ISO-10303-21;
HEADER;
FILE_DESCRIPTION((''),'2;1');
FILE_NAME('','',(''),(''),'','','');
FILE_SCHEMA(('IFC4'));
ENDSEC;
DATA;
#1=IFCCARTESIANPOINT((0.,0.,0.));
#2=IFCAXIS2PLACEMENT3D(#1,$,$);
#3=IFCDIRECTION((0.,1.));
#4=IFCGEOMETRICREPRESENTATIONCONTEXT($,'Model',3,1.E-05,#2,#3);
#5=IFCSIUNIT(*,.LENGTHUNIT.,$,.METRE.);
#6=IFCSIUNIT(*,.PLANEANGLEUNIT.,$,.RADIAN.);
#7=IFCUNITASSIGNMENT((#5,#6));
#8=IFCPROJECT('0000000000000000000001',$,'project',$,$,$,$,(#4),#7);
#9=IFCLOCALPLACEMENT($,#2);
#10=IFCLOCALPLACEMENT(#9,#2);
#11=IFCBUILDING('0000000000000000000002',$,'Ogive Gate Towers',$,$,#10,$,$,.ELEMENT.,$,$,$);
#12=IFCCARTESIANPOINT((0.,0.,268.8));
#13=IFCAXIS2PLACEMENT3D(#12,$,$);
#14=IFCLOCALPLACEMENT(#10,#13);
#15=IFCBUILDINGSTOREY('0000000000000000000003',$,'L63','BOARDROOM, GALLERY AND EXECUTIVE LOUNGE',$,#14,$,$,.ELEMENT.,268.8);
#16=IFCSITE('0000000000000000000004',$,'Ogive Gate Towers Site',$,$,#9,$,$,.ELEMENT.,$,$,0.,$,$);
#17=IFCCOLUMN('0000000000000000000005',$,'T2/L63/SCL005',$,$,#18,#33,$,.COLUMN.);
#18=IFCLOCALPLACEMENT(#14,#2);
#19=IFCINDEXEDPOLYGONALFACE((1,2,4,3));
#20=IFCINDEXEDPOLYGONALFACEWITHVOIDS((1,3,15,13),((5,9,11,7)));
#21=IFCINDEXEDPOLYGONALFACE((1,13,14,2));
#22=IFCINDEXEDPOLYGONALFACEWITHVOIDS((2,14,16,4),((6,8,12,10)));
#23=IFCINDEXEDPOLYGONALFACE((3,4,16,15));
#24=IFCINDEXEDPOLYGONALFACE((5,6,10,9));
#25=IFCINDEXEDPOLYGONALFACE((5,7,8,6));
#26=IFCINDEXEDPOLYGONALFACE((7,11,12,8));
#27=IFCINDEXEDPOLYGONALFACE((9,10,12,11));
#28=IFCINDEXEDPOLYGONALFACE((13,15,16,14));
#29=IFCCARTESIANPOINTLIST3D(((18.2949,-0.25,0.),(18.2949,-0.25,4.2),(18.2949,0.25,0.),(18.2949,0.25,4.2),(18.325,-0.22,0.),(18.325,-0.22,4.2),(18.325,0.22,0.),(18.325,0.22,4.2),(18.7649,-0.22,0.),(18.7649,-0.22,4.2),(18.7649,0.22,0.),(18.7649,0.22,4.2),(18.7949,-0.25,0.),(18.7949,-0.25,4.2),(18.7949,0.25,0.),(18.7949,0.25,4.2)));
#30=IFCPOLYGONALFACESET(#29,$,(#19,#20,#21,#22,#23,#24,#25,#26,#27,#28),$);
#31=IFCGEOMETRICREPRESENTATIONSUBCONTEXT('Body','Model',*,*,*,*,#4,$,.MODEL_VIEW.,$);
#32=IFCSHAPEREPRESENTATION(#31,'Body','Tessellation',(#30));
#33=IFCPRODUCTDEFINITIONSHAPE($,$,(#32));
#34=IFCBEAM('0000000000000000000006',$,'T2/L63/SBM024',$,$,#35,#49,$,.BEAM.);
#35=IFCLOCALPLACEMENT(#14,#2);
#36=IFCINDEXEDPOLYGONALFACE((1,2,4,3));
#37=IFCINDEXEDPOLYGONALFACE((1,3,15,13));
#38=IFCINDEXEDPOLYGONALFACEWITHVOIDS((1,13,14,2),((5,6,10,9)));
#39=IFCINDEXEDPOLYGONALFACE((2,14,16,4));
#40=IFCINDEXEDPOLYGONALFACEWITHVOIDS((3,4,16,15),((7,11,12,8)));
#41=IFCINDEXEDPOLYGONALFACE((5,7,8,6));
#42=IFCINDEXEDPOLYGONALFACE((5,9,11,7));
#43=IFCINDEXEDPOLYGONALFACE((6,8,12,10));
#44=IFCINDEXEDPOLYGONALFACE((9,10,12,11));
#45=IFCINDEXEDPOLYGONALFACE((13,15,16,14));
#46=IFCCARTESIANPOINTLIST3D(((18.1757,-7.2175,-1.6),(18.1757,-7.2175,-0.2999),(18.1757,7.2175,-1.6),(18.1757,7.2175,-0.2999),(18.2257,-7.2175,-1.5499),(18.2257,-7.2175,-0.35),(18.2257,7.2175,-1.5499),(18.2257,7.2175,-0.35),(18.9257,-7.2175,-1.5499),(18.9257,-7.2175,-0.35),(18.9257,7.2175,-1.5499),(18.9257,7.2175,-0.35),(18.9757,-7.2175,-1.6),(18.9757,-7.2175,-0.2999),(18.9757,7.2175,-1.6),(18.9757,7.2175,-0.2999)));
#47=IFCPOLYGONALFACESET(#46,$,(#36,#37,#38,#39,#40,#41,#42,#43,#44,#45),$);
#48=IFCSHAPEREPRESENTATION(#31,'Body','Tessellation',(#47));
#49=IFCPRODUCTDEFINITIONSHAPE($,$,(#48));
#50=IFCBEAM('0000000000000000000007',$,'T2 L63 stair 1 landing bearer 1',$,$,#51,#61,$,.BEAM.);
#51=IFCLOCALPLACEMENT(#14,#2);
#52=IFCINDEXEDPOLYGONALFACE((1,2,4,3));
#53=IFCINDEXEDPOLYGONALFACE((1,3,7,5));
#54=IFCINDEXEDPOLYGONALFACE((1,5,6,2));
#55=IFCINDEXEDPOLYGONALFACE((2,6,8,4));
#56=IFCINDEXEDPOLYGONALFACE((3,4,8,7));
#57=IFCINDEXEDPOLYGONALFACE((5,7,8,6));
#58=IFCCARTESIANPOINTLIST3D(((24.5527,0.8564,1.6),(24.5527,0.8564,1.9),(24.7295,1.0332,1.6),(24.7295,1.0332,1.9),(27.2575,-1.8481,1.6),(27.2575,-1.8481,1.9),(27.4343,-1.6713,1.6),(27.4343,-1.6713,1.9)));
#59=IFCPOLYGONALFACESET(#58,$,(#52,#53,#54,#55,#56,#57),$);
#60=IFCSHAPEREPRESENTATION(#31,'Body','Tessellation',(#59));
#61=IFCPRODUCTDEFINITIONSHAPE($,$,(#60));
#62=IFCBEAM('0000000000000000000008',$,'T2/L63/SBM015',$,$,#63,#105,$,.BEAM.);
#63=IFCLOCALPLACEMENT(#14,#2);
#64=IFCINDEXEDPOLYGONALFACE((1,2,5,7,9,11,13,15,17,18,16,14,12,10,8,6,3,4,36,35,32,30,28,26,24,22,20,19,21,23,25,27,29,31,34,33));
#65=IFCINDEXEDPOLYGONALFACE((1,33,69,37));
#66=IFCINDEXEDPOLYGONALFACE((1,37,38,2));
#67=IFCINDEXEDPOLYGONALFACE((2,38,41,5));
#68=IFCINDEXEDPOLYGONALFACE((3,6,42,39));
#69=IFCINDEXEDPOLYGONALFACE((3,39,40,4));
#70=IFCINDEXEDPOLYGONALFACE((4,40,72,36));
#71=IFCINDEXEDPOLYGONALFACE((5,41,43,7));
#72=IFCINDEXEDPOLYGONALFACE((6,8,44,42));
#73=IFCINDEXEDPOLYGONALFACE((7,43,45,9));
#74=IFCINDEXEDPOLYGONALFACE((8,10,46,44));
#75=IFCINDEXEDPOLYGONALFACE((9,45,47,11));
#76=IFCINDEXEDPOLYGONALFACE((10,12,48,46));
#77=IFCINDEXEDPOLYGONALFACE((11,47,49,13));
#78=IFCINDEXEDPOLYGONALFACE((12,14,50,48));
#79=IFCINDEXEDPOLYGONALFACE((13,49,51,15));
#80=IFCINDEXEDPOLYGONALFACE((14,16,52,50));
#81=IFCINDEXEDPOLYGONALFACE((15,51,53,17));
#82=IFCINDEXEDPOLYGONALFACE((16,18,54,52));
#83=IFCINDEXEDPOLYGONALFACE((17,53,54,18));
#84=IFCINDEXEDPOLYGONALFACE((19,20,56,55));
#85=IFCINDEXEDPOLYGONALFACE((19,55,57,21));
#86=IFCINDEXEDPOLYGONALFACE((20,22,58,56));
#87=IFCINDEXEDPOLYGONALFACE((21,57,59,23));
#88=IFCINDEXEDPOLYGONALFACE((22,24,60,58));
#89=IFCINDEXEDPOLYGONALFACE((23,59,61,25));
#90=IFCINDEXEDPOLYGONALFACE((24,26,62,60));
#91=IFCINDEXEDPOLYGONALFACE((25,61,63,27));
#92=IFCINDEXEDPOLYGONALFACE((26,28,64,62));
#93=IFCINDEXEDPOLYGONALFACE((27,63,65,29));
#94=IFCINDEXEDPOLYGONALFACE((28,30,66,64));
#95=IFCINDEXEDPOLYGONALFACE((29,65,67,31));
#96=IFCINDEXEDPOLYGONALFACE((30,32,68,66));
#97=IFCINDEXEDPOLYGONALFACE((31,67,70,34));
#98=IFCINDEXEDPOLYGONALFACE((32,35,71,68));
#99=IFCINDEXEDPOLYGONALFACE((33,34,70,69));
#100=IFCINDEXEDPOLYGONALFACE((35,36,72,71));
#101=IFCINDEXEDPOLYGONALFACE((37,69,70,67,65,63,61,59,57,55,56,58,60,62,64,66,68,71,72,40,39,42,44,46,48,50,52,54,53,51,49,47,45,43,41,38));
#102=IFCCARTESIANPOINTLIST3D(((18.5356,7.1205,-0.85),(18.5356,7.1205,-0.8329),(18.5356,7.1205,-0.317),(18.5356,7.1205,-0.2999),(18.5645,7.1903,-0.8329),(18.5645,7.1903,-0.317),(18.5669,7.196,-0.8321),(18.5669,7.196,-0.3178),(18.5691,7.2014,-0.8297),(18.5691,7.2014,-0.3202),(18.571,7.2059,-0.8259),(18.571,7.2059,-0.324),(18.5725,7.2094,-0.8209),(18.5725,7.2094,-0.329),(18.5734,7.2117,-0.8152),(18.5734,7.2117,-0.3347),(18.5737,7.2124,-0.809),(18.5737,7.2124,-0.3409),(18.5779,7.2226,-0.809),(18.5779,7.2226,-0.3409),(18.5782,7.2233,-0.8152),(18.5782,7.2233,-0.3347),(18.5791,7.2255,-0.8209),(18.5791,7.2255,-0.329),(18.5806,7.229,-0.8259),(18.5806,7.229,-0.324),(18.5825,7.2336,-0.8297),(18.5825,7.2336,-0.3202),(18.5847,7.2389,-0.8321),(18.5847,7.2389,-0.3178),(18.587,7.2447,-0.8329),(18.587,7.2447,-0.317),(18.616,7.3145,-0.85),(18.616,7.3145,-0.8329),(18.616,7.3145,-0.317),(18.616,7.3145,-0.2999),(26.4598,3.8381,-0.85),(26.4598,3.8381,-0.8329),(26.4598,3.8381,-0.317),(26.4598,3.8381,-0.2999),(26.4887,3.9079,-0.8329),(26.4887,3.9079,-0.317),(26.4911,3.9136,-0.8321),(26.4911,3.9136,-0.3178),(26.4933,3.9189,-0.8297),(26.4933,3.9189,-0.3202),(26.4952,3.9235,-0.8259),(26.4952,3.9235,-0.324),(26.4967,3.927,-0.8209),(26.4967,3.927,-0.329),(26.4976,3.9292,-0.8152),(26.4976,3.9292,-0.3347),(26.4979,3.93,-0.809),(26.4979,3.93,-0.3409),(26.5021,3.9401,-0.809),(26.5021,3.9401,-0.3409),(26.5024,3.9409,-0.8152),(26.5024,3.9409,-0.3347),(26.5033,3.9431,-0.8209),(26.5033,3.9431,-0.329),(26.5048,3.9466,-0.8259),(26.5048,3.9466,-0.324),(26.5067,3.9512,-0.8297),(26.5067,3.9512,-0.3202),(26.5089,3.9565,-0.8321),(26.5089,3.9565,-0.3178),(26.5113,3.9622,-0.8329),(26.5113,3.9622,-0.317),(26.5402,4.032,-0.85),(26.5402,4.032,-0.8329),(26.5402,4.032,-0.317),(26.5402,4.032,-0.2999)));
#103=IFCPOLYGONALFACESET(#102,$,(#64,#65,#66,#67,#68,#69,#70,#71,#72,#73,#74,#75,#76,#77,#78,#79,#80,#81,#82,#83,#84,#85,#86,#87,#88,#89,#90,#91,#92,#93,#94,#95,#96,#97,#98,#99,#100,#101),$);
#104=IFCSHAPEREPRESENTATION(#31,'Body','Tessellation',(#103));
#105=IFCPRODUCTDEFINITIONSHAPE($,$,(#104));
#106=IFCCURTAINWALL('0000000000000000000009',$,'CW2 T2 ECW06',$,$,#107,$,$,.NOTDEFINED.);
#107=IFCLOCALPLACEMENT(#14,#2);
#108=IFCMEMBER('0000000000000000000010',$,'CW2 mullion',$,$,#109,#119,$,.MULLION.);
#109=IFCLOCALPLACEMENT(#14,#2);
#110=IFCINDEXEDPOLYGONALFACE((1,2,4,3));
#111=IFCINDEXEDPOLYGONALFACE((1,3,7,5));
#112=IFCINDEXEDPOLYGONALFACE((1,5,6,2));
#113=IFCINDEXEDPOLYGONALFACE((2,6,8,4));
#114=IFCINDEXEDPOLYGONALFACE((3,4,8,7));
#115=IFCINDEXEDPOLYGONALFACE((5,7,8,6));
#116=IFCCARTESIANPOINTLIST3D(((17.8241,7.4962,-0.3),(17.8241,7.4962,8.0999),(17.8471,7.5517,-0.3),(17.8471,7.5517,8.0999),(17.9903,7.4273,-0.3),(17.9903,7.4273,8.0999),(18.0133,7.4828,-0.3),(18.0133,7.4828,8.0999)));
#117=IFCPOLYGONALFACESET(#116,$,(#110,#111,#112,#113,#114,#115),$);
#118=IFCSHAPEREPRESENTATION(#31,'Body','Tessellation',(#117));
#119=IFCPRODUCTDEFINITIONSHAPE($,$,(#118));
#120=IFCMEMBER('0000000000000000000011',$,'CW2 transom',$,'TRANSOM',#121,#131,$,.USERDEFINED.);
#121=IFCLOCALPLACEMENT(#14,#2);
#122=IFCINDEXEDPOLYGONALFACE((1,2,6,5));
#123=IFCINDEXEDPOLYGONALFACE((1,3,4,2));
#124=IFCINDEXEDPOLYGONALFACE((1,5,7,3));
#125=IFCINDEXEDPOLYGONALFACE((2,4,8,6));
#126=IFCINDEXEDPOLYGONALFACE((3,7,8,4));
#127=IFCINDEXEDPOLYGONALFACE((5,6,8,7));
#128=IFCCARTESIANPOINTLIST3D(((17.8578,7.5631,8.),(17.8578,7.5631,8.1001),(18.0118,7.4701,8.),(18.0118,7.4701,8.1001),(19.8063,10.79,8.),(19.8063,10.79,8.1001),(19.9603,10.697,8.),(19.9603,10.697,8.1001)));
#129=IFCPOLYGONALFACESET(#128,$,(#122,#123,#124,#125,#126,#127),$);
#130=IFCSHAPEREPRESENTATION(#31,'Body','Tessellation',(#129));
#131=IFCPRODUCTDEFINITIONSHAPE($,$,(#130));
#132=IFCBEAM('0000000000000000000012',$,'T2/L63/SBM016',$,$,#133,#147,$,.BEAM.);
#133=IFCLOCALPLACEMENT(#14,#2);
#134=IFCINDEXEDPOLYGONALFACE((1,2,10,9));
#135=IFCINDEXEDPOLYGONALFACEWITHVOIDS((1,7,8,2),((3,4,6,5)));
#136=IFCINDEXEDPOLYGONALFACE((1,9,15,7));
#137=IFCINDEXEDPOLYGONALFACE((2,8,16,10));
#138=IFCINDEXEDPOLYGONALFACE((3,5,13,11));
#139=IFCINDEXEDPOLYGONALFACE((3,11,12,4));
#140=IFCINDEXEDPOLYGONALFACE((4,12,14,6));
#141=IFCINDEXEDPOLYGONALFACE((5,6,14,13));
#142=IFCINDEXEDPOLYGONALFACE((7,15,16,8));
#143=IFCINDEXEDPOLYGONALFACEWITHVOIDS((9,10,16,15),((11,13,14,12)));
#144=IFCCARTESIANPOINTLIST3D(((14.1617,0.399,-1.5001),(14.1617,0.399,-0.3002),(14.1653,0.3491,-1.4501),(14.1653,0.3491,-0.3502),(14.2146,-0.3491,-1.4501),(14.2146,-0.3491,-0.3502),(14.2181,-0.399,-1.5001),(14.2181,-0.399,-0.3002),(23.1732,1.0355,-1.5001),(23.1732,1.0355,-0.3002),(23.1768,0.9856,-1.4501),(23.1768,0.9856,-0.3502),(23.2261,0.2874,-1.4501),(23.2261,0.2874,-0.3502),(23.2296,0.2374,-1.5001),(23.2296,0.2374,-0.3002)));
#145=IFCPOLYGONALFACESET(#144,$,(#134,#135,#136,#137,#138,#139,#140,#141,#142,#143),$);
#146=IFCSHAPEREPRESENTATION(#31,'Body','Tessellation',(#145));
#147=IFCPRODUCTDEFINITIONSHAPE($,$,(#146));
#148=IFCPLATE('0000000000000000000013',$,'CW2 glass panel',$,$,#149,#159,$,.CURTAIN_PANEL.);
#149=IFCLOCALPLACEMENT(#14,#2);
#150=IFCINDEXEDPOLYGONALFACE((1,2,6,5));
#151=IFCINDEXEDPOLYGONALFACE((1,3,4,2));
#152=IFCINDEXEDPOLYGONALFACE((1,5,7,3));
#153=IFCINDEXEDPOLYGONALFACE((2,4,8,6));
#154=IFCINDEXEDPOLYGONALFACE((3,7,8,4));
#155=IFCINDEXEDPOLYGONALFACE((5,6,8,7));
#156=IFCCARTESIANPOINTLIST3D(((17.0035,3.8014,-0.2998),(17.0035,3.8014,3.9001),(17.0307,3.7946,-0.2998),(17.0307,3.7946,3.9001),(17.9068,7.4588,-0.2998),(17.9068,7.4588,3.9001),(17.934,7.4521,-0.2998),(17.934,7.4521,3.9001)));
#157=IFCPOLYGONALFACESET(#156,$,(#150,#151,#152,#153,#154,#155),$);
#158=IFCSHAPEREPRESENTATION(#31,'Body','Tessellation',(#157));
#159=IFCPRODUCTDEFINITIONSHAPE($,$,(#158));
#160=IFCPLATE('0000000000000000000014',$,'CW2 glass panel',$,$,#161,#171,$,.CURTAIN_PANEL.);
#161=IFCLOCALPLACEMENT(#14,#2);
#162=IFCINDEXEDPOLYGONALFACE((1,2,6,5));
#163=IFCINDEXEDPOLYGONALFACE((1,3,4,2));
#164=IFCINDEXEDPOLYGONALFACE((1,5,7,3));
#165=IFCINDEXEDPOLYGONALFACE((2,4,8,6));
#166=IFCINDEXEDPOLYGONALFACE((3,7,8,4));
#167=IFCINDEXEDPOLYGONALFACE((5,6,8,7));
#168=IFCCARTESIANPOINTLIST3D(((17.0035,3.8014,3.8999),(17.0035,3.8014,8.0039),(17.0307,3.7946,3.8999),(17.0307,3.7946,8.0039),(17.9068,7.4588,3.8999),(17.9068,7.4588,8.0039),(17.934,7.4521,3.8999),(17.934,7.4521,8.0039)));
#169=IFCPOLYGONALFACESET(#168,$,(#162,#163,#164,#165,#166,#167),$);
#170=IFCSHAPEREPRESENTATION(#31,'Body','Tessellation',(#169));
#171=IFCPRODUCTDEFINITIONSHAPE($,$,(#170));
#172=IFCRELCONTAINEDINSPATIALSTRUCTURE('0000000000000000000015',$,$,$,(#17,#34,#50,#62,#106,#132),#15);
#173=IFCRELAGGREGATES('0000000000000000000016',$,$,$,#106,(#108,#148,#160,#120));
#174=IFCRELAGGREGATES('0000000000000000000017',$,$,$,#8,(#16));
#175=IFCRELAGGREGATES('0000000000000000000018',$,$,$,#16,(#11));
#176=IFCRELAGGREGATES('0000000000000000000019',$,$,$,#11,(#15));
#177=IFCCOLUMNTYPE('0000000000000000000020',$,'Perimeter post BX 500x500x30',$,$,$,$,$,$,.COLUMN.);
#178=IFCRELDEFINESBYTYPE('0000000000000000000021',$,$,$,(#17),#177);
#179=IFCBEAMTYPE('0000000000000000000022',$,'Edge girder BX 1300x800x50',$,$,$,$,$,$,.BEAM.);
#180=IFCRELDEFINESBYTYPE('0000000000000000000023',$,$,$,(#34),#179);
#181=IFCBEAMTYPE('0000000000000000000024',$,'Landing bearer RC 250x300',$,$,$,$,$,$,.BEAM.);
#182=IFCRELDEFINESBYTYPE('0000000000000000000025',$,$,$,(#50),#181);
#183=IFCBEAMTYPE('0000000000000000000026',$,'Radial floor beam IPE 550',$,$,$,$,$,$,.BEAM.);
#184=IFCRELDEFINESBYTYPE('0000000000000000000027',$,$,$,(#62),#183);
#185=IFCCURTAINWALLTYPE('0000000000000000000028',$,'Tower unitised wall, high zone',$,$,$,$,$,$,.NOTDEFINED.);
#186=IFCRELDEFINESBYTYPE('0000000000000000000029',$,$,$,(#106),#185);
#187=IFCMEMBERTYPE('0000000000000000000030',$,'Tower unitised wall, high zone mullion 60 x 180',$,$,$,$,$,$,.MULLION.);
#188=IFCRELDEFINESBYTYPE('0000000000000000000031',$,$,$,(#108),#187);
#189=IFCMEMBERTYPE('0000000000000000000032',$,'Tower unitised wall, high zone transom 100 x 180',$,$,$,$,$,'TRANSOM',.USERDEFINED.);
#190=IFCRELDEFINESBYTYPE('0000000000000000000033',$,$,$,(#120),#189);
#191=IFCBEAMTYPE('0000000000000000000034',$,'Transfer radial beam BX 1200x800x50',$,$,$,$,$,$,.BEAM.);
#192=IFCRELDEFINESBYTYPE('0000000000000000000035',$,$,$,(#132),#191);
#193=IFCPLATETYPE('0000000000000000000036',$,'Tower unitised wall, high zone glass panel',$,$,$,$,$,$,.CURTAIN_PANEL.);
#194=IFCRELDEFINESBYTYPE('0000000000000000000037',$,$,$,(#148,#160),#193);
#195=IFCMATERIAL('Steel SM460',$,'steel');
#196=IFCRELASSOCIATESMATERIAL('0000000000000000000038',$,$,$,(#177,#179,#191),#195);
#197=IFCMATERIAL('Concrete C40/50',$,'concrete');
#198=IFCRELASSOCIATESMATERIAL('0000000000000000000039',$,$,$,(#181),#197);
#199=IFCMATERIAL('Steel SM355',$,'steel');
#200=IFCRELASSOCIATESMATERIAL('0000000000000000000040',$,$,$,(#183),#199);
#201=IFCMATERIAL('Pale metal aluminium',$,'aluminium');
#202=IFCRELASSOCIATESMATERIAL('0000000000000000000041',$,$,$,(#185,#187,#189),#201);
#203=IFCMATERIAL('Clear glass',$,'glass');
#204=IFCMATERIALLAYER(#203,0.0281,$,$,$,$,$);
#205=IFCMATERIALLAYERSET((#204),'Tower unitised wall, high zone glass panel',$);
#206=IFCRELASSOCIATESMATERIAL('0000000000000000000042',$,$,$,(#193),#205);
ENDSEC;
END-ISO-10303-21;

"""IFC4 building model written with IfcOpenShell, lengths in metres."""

from ifc_helpers import new_model, si_unit, direction, frame, origin, origin_2d, place, context, subcontext, project, spatial, rectangle, hollow_rectangle, i_section, extrude, material, layer, layer_set, material_profile, profile_set, type_object, element, aggregate, save


model = new_model("IFC4")

# Units and contexts
model_context = context("Model", 3, precision=1e-05, world=origin(), true_north=direction((0.0, 1.0)))
body_context = subcontext(model_context, "Body", "Model", "MODEL_VIEW")
ifc_project = project(units=[si_unit("LENGTHUNIT", "METRE"), si_unit("PLANEANGLEUNIT", "RADIAN")], contexts=[model_context])

# Site, building, storey
site_placement = place(None, origin())
site = spatial("IfcSite", under=ifc_project, at=site_placement, Name="Ogive Gate Towers Site", CompositionType="ELEMENT", RefElevation=0.0)
building_placement = place(site_placement, origin())
building = spatial("IfcBuilding", under=site, at=building_placement, Name="Ogive Gate Towers", CompositionType="ELEMENT")
storey_placement = place(building_placement, frame((0.0, 0.0, 268.8)))
storey = spatial("IfcBuildingStorey", under=building, at=storey_placement, Name="L63", Description="BOARDROOM, GALLERY AND EXECUTIVE LOUNGE", CompositionType="ELEMENT", Elevation=268.8)

# Column
ifc_material_1 = material(Name="Steel SM460", Category="steel")
ifc_material_profile_1 = material_profile(ifc_material_1, hollow_rectangle(XDim=0.5, YDim=0.5, WallThickness=0.03, at=origin_2d()), Name="BX 500x500x30")
ifc_profile_set_1 = profile_set([ifc_material_profile_1], Name="Steel SM460")
column_type = type_object("IfcColumnType", Name="Perimeter post BX 500x500x30", PredefinedType="COLUMN", material=ifc_profile_set_1)
column_placement = place(storey_placement, frame((18.5449, 0.0, 0.0), z_axis=(0.0, 0.0, 1.0), x_axis=(1.0, 0.0, 0.0)))
element("IfcColumn", 1, at=column_placement, inside=storey, type_object=column_type, Name="T2/L63/SCL005", PredefinedType="COLUMN", context=body_context, shape_type="SweptSolid", body=[
    extrude(hollow_rectangle(XDim=0.5, YDim=0.5, WallThickness=0.03, at=origin_2d()), origin(), (0.0, 0.0, 1.0), 4.2),
])

# Beams
ifc_material_profile_2 = material_profile(ifc_material_1, hollow_rectangle(XDim=0.8, YDim=1.3, WallThickness=0.05, at=origin_2d()), Name="BX 1300x800x50")
ifc_profile_set_2 = profile_set([ifc_material_profile_2], Name="Steel SM460")
beam_type_1 = type_object("IfcBeamType", Name="Edge girder BX 1300x800x50", PredefinedType="BEAM", material=ifc_profile_set_2)
beam_1_placement = place(storey_placement, frame((18.5757, 7.2175, -0.95), z_axis=(0.0, -1.0, 0.0), x_axis=(1.0, 0.0, 0.0)))
element("IfcBeam", 2, at=beam_1_placement, inside=storey, type_object=beam_type_1, Name="T2/L63/SBM024", PredefinedType="BEAM", context=body_context, shape_type="SweptSolid", body=[
    extrude(hollow_rectangle(XDim=0.8, YDim=1.3, WallThickness=0.05, at=origin_2d()), origin(), (0.0, 0.0, 1.0), 14.4351),
])
ifc_material_2 = material(Name="Concrete C40/50", Category="concrete")
ifc_material_profile_3 = material_profile(ifc_material_2, rectangle(XDim=0.25, YDim=0.3, at=origin_2d()), Name="RC 250x300")
ifc_profile_set_3 = profile_set([ifc_material_profile_3], Name="Concrete C40/50")
beam_type_2 = type_object("IfcBeamType", Name="Landing bearer RC 250x300", PredefinedType="BEAM", material=ifc_profile_set_3)
beam_2_placement = place(storey_placement, frame((24.6411, 0.9448, 1.75), z_axis=(0.707139, -0.707075, 0.0), x_axis=(0.707075, 0.707139, 0.0)))
element("IfcBeam", 3, at=beam_2_placement, inside=storey, type_object=beam_type_2, Name="T2 L63 stair 1 landing bearer 1", PredefinedType="BEAM", context=body_context, shape_type="SweptSolid", body=[
    extrude(rectangle(XDim=0.25, YDim=0.3, at=origin_2d()), origin(), (0.0, 0.0, 1.0), 3.825),
])
ifc_material_3 = material(Name="Steel SM355", Category="steel")
ifc_material_profile_4 = material_profile(ifc_material_3, i_section(OverallWidth=0.21, OverallDepth=0.55, WebThickness=0.011, FlangeThickness=0.0171, FilletRadius=0.0239, at=origin_2d()), Name="IPE 550")
ifc_profile_set_4 = profile_set([ifc_material_profile_4], Name="Steel SM355")
beam_type_3 = type_object("IfcBeamType", Name="Radial floor beam IPE 550", PredefinedType="BEAM", material=ifc_profile_set_4)
beam_3_placement = place(storey_placement, frame((26.5, 3.9351, -0.575), z_axis=(-0.923875, 0.382695, 0.0), x_axis=(-0.382695, -0.923875, 0.0)))
element("IfcBeam", 4, at=beam_3_placement, inside=storey, type_object=beam_type_3, Name="T2/L63/SBM015", PredefinedType="BEAM", context=body_context, shape_type="SweptSolid", body=[
    extrude(i_section(OverallWidth=0.21, OverallDepth=0.55, WebThickness=0.011, FlangeThickness=0.0171, FilletRadius=0.0239, at=origin_2d()), origin(), (0.0, 0.0, 1.0), 8.5771),
])

# Curtain wall, members
ifc_material_4 = material(Name="Pale metal aluminium", Category="aluminium")
curtain_wall_type = type_object("IfcCurtainWallType", Name="Tower unitised wall, high zone", PredefinedType="NOTDEFINED", material=ifc_material_4)
curtain_wall_placement = place(storey_placement, origin())
curtain_wall = element("IfcCurtainWall", 5, at=curtain_wall_placement, inside=storey, type_object=curtain_wall_type, Name="CW2 T2 ECW06", PredefinedType="NOTDEFINED")
ifc_material_profile_5 = material_profile(ifc_material_4, rectangle(XDim=0.1799, YDim=0.0601, at=origin_2d()), Name="60 x 180 aluminium box")
ifc_profile_set_5 = profile_set([ifc_material_profile_5], Name="Pale metal aluminium")
member_type_1 = type_object("IfcMemberType", Name="Tower unitised wall, high zone mullion 60 x 180", PredefinedType="MULLION", material=ifc_profile_set_5)
member_1_placement = place(storey_placement, frame((17.9187, 7.4895, -0.3), z_axis=(0.0, 0.0, 1.0), x_axis=(0.92388, -0.382683, 0.0)))
member_1 = element("IfcMember", 6, at=member_1_placement, type_object=member_type_1, Name="CW2 mullion", PredefinedType="MULLION", context=body_context, shape_type="SweptSolid", body=[
    extrude(rectangle(XDim=0.1799, YDim=0.0601, at=origin_2d()), origin(), (0.0, 0.0, 1.0), 8.3999),
])
ifc_material_profile_6 = material_profile(ifc_material_4, rectangle(XDim=0.1799, YDim=0.1001, at=origin_2d()), Name="100 x 180 aluminium box")
ifc_profile_set_6 = profile_set([ifc_material_profile_6], Name="Pale metal aluminium")
member_type_2 = type_object("IfcMemberType", Name="Tower unitised wall, high zone transom 100 x 180", ElementType="TRANSOM", PredefinedType="USERDEFINED", material=ifc_profile_set_6)
member_2_placement = place(storey_placement, frame((17.9348, 7.5166, 8.05), z_axis=(0.516913, 0.856038, 0.0), x_axis=(-0.856038, 0.516913, 0.0)))
member_2 = element("IfcMember", 7, at=member_2_placement, type_object=member_type_2, Name="CW2 transom", ObjectType="TRANSOM", PredefinedType="USERDEFINED", context=body_context, shape_type="SweptSolid", body=[
    extrude(rectangle(XDim=0.1799, YDim=0.1001, at=origin_2d()), origin(), (0.0, 0.0, 1.0), 3.7695),
])

# Beam
ifc_material_profile_7 = material_profile(ifc_material_1, hollow_rectangle(XDim=0.8, YDim=1.2, WallThickness=0.05, at=origin_2d()), Name="BX 1200x800x50")
ifc_profile_set_7 = profile_set([ifc_material_profile_7], Name="Steel SM460")
beam_type_4 = type_object("IfcBeamType", Name="Transfer radial beam BX 1200x800x50", PredefinedType="BEAM", material=ifc_profile_set_7)
beam_4_placement = place(storey_placement, frame((23.2014, 0.6365, -0.9001), z_axis=(-0.997515, -0.070454, 0.0), x_axis=(0.070454, -0.997515, 0.0)))
element("IfcBeam", 8, at=beam_4_placement, inside=storey, type_object=beam_type_4, Name="T2/L63/SBM016", PredefinedType="BEAM", context=body_context, shape_type="SweptSolid", body=[
    extrude(hollow_rectangle(XDim=0.8, YDim=1.2, WallThickness=0.05, at=origin_2d()), origin(), (0.0, 0.0, 1.0), 9.0339),
])

# Plates
ifc_material_5 = material(Name="Clear glass", Category="glass")
ifc_layer_1 = layer(ifc_material_5, 0.0281)
ifc_layer_set_1 = layer_set([ifc_layer_1], Name="Tower unitised wall, high zone glass panel")
plate_type = type_object("IfcPlateType", Name="Tower unitised wall, high zone glass panel", PredefinedType="CURTAIN_PANEL", material=ifc_layer_set_1)
plate_1_placement = place(storey_placement, frame((17.4688, 5.6267, -0.2998), z_axis=(0.0, 0.0, 1.0), x_axis=(0.239771, 0.97083, 0.0)))
plate_1 = element("IfcPlate", 9, at=plate_1_placement, type_object=plate_type, Name="CW2 glass panel", PredefinedType="CURTAIN_PANEL", context=body_context, shape_type="SweptSolid", body=[
    extrude(rectangle(XDim=3.7673, YDim=0.0281, at=origin_2d()), origin(), (0.0, 0.0, 1.0), 4.2),
])
plate_2_placement = place(storey_placement, frame((17.4688, 5.6267, 3.8999), z_axis=(0.0, 0.0, 1.0), x_axis=(0.239771, 0.97083, 0.0)))
plate_2 = element("IfcPlate", 10, at=plate_2_placement, type_object=plate_type, Name="CW2 glass panel", PredefinedType="CURTAIN_PANEL", context=body_context, shape_type="SweptSolid", body=[
    extrude(rectangle(XDim=3.7673, YDim=0.0281, at=origin_2d()), origin(), (0.0, 0.0, 1.0), 4.104),
])
aggregate(curtain_wall, [member_1, plate_1, plate_2, member_2])

save(model, "model.ifc")
